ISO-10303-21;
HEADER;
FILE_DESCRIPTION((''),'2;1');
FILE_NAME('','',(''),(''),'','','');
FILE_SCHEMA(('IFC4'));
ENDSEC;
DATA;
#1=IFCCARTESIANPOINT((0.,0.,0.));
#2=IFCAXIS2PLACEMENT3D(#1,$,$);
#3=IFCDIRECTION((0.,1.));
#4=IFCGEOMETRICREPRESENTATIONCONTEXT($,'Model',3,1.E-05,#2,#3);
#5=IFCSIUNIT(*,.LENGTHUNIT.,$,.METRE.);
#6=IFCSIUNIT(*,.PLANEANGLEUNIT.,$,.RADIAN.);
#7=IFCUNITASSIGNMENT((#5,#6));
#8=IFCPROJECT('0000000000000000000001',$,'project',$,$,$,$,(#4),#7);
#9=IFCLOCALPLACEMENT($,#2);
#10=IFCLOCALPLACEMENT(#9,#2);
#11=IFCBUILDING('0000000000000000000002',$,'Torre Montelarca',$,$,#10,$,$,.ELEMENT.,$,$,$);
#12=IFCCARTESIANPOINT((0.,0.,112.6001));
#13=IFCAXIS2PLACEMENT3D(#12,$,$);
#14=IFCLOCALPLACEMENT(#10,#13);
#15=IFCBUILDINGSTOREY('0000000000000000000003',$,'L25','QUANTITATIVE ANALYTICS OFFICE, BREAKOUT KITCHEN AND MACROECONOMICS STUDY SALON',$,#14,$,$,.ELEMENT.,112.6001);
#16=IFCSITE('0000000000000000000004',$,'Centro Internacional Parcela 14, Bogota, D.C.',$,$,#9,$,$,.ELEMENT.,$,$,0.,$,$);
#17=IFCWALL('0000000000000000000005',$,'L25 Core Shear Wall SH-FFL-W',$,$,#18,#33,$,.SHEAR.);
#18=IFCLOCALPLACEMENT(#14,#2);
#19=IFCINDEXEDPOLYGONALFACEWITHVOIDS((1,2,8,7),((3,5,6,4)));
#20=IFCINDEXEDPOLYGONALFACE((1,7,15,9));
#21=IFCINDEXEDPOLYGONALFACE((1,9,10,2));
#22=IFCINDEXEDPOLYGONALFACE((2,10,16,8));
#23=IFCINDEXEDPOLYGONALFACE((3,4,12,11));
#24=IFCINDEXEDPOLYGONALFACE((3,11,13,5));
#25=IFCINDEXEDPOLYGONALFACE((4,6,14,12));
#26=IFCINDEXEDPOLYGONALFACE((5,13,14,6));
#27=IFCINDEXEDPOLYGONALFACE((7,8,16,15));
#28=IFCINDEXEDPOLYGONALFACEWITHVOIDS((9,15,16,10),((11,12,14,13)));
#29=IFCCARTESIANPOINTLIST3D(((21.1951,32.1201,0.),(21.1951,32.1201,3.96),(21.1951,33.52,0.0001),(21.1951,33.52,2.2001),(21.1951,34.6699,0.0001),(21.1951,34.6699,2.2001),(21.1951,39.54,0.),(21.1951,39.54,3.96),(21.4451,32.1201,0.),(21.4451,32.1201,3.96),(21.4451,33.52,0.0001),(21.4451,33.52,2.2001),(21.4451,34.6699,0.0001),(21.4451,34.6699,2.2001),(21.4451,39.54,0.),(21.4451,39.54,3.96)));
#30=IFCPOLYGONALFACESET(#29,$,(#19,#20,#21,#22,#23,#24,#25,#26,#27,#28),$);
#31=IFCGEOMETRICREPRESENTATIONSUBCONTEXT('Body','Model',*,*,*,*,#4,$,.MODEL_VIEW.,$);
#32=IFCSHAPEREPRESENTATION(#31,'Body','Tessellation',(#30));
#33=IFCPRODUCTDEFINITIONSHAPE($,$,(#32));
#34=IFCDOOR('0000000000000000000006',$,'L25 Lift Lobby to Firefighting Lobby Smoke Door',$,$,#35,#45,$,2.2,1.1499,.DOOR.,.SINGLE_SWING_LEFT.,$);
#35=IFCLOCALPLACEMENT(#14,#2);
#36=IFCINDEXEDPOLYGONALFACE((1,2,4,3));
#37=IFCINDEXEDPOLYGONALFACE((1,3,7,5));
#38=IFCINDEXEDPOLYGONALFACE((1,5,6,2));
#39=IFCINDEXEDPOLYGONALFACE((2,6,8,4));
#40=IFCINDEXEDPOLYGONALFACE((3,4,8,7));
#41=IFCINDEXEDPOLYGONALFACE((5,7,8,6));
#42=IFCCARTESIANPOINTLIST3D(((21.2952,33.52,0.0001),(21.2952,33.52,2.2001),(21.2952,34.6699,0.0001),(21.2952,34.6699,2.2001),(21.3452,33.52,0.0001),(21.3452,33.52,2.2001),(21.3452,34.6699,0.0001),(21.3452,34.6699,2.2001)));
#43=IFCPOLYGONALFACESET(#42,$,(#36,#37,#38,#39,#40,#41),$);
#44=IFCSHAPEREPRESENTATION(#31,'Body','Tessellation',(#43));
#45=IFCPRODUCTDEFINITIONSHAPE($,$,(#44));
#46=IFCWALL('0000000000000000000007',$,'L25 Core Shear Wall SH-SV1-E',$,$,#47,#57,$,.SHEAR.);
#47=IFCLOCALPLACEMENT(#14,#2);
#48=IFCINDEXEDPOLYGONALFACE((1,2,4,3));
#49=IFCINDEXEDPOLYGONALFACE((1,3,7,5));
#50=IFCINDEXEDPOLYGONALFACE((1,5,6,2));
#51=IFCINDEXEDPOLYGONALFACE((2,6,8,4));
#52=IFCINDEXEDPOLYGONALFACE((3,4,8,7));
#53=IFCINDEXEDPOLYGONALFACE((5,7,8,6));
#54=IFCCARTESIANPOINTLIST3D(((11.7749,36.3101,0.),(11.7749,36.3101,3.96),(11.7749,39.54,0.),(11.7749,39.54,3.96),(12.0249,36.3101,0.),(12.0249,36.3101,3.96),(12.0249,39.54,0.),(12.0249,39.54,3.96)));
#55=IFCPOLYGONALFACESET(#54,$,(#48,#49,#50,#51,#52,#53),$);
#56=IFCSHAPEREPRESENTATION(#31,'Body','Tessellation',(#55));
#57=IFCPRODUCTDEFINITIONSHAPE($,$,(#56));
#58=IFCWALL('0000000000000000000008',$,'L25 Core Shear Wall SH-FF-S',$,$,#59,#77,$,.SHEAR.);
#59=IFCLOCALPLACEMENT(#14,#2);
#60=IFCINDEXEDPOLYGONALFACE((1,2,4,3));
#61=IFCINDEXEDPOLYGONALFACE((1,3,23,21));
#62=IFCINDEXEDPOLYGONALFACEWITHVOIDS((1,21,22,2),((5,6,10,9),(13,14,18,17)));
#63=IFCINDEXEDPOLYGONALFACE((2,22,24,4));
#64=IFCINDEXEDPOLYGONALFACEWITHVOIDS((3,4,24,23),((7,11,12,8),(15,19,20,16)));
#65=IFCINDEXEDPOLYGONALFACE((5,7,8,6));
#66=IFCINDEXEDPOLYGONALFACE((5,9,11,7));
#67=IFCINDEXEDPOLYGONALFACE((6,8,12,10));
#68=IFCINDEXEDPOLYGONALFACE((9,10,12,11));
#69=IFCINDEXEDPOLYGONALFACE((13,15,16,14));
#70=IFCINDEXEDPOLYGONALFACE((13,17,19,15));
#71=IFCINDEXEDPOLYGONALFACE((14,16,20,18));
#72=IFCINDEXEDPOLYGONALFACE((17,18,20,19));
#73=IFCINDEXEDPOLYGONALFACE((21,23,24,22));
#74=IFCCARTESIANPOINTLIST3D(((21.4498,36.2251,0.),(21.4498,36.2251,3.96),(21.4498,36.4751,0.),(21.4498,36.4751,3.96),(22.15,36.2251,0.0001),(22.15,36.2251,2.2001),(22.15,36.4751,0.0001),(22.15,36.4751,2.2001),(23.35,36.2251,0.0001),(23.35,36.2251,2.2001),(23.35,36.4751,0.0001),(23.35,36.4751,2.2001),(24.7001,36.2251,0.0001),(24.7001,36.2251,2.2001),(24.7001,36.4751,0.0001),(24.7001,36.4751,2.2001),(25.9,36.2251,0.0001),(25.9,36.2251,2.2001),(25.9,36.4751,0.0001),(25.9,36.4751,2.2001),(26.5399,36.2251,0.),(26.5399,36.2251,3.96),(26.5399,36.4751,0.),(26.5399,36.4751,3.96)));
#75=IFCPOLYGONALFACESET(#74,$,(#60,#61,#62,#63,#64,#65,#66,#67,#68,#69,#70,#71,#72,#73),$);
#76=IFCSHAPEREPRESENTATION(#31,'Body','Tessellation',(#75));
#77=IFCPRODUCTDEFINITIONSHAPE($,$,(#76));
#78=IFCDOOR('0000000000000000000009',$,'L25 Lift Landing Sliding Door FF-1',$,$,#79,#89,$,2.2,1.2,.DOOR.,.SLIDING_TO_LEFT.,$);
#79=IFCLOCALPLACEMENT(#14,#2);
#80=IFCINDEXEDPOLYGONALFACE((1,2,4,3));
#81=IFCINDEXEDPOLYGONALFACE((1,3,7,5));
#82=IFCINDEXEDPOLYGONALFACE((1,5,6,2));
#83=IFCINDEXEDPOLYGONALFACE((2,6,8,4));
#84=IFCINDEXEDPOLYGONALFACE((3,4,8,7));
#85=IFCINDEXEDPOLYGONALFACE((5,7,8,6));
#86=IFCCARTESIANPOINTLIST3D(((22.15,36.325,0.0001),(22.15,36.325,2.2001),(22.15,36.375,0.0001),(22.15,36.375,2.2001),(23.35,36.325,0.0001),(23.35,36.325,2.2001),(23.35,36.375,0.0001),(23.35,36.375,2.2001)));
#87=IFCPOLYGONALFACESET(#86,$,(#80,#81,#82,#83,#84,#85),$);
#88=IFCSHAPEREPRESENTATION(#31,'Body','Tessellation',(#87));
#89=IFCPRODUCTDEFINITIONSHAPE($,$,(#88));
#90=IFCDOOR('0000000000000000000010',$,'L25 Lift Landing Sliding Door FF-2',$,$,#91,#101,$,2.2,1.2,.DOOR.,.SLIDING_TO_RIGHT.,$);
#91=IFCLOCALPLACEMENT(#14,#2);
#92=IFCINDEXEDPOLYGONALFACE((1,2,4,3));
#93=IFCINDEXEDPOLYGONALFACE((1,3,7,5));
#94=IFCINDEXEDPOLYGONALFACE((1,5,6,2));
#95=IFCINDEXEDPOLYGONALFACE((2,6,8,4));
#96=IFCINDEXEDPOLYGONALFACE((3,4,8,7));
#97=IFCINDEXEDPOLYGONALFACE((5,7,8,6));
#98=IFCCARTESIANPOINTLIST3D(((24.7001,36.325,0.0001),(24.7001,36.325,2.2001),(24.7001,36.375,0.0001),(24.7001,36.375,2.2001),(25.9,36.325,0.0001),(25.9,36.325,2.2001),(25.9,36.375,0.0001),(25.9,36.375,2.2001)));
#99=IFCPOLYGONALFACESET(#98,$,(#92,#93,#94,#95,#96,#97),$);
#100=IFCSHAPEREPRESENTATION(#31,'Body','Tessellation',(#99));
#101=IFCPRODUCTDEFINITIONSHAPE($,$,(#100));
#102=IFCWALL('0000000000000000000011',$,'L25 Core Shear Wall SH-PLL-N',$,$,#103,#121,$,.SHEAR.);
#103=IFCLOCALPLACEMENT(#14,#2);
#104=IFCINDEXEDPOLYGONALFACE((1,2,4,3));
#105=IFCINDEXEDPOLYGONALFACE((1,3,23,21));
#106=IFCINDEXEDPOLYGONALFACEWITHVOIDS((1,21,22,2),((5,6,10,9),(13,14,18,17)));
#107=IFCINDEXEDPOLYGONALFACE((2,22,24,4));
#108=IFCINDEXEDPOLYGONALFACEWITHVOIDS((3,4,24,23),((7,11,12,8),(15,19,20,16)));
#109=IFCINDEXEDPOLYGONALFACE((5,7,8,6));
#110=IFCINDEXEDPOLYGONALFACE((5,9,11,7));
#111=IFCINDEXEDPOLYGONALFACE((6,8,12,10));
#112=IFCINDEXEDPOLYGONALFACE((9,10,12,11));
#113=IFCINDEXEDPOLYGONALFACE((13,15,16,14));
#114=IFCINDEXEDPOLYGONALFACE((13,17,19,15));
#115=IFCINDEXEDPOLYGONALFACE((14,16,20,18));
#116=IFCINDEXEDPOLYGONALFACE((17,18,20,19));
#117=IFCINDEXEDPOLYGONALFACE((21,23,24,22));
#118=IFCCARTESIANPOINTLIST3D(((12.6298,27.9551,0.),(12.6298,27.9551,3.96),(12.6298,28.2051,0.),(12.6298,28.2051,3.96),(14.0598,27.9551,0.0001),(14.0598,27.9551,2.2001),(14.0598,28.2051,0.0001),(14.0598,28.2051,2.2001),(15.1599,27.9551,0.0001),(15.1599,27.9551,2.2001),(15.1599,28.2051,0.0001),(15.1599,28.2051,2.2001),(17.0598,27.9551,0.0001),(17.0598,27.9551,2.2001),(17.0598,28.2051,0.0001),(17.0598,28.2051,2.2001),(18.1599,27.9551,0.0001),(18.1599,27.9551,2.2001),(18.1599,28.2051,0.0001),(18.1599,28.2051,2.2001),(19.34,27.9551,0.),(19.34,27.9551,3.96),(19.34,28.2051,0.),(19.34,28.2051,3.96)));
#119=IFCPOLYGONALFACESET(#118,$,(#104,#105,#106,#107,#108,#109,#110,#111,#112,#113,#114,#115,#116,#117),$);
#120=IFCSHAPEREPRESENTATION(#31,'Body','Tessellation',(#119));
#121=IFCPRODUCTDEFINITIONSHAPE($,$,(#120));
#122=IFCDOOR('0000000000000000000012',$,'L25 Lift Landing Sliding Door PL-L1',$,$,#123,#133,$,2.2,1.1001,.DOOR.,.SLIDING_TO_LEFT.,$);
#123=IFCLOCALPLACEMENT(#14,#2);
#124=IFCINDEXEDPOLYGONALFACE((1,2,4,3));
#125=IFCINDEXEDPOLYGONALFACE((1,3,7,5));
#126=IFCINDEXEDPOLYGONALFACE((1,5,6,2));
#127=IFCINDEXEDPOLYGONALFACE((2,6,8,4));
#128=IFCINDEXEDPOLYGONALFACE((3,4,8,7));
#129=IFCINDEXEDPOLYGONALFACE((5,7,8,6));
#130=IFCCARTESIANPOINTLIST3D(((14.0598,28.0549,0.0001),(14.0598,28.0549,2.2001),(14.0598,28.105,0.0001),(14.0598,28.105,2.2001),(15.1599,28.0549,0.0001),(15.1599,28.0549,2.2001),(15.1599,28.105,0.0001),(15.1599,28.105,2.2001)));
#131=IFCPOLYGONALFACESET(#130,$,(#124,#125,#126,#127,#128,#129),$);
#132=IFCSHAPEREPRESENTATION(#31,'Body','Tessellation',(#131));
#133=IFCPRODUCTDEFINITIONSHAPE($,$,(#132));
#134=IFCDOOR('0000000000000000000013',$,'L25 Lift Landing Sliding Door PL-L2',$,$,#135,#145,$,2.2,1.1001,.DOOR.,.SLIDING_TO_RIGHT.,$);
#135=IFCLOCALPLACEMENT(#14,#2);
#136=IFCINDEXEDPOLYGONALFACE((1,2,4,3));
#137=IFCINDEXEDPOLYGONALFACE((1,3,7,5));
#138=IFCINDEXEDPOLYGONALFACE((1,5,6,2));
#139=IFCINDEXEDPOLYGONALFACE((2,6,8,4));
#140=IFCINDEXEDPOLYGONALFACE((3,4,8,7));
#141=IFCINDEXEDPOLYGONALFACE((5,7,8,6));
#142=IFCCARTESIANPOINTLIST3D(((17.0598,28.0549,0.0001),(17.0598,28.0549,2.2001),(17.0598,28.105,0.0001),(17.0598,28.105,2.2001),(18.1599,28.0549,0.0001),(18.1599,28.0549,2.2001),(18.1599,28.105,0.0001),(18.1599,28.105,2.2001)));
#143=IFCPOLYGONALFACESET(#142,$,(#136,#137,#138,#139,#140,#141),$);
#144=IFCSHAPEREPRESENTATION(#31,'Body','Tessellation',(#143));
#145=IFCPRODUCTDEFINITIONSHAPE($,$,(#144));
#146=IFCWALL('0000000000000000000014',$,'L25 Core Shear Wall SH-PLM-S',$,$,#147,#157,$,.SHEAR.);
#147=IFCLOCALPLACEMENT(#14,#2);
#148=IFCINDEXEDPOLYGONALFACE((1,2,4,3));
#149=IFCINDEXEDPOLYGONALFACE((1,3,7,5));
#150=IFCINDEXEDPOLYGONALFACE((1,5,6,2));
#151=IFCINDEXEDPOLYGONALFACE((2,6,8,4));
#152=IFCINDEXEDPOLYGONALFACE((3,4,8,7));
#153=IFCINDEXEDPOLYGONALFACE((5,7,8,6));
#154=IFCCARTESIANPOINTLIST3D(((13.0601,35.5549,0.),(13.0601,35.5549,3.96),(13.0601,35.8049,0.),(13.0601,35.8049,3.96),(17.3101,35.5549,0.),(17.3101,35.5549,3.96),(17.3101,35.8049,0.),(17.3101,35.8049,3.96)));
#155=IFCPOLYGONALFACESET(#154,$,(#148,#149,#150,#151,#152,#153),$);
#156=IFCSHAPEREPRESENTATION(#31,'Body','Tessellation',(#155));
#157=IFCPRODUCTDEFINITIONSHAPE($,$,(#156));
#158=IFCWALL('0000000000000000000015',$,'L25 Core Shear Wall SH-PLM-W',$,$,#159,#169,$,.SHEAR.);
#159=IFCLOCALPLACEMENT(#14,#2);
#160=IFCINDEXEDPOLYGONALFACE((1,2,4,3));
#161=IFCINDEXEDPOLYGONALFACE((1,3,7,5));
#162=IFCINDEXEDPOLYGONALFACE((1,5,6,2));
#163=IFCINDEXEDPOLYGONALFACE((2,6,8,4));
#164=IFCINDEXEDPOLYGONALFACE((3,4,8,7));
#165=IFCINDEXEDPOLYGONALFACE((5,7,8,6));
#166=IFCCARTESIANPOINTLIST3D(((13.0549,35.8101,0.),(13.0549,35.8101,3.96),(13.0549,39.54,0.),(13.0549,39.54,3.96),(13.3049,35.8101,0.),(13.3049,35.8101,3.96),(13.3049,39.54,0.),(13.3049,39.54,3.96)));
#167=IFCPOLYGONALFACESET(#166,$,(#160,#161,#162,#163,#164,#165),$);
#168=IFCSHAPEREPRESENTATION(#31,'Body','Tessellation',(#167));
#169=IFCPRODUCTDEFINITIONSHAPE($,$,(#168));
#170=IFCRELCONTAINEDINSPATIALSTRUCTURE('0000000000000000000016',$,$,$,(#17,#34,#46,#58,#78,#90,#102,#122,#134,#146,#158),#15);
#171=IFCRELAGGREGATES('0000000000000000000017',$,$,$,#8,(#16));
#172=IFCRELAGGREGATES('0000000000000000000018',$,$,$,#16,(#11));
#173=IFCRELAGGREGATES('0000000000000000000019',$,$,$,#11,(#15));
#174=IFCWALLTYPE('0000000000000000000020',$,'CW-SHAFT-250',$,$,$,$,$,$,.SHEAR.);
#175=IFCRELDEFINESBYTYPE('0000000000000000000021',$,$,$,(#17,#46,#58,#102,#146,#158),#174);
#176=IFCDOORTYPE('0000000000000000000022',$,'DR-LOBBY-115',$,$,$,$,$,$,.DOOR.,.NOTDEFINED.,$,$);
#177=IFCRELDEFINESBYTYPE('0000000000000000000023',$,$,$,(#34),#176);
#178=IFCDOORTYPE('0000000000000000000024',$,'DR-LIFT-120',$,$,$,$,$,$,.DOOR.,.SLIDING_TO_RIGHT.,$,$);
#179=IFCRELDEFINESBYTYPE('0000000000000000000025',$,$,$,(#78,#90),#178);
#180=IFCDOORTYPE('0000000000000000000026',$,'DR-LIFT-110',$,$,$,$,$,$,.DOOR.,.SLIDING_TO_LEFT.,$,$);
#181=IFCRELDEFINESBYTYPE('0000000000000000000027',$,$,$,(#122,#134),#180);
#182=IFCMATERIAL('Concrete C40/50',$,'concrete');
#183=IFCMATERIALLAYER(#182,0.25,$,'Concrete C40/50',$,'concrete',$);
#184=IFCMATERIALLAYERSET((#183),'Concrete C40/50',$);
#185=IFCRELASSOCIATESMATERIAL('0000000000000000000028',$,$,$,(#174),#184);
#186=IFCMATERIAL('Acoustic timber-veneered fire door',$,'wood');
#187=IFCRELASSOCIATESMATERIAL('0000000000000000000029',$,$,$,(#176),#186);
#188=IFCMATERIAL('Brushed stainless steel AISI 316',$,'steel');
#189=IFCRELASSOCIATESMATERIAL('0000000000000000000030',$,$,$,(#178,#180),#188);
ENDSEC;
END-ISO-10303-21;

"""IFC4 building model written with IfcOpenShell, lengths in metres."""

from ifc_helpers import new_model, si_unit, direction, frame, frame_2d, origin, place, context, subcontext, project, spatial, rectangle, extrude, source, transform, mapped, material, layer, layer_set, type_object, element, fill, save


model = new_model("IFC4")

# Units and contexts
model_context = context("Model", 3, precision=1e-05, world=origin(), true_north=direction((0.0, 1.0)))
body_context = subcontext(model_context, "Body", "Model", "MODEL_VIEW")
ifc_project = project(units=[si_unit("LENGTHUNIT", "METRE"), si_unit("PLANEANGLEUNIT", "RADIAN")], contexts=[model_context])

# Site, building, storey
site_placement = place(None, origin())
site = spatial("IfcSite", under=ifc_project, at=site_placement, Name="Centro Internacional Parcela 14, Bogota, D.C.", CompositionType="ELEMENT", RefElevation=0.0)
building_placement = place(site_placement, origin())
building = spatial("IfcBuilding", under=site, at=building_placement, Name="Torre Montelarca", CompositionType="ELEMENT")
storey_placement = place(building_placement, frame((0.0, 0.0, 112.6001)))
storey = spatial("IfcBuildingStorey", under=building, at=storey_placement, Name="L25", Description="QUANTITATIVE ANALYTICS OFFICE, BREAKOUT KITCHEN AND MACROECONOMICS STUDY SALON", CompositionType="ELEMENT", Elevation=112.6001)

# Wall, opening, door
ifc_material_1 = material(Name="Concrete C40/50", Category="concrete")
ifc_layer_1 = layer(ifc_material_1, 0.25, Name="Concrete C40/50", Category="concrete")
ifc_layer_set_1 = layer_set([ifc_layer_1], Name="Concrete C40/50")
wall_type_1 = type_object("IfcWallType", Name="CW-SHAFT-250", PredefinedType="SHEAR", material=ifc_layer_set_1)
wall_1_placement = place(storey_placement, frame((21.3201, 32.1201, 0.0), z_axis=(0.0, 0.0, 1.0), x_axis=(0.0, 1.0, 0.0)))
wall_1 = element("IfcWall", 1, at=wall_1_placement, inside=storey, type_object=wall_type_1, Name="L25 Core Shear Wall SH-FFL-W", PredefinedType="SHEAR", context=body_context, shape_type="SweptSolid", body=[
    extrude(rectangle(XDim=7.4199, YDim=0.25, at=frame_2d((3.71, 0.0))), origin(), (0.0, 0.0, 1.0), 3.96),
])
opening_1_placement = place(wall_1_placement, frame((1.3999, 0.0, 0.0)))
opening_1 = element("IfcOpeningElement", 2, at=opening_1_placement, cuts=wall_1, PredefinedType="OPENING", context=body_context, shape_type="SweptSolid", body=[
    extrude(rectangle(XDim=1.1499, YDim=2.2, at=frame_2d((0.575, 1.1001))), frame((0.0, 0.135, 0.0), z_axis=(0.0, -1.0, 0.0), x_axis=(1.0, 0.0, 0.0)), (0.0, 0.0, 1.0), 0.27),
])
ifc_material_2 = material(Name="Acoustic timber-veneered fire door", Category="wood")
door_type_1 = type_object("IfcDoorType", Name="DR-LOBBY-115", OperationType="NOTDEFINED", PredefinedType="DOOR", material=ifc_material_2)
shared_shape_1 = source(origin(), body_context, "Body", "SweptSolid", [
    extrude(rectangle(XDim=1.1499, YDim=2.2, at=frame_2d((0.575, 1.1001))), frame((0.0, 0.0249, 0.0), z_axis=(0.0, -1.0, 0.0), x_axis=(1.0, 0.0, 0.0)), (0.0, 0.0, 1.0), 0.05),
])
door_1_placement = place(opening_1_placement, origin())
door_1 = element("IfcDoor", 3, at=door_1_placement, inside=storey, type_object=door_type_1, Name="L25 Lift Lobby to Firefighting Lobby Smoke Door", OperationType="SINGLE_SWING_LEFT", OverallHeight=2.2, OverallWidth=1.1499, PredefinedType="DOOR", context=body_context, shape_type="MappedRepresentation", body=[
    mapped(shared_shape_1, transform((0.0, 0.0, 0.0), scale=1.0)),
])
fill(opening_1, door_1)

# Wall
wall_2_placement = place(storey_placement, frame((11.8999, 36.3101, 0.0), z_axis=(0.0, 0.0, 1.0), x_axis=(0.0, 1.0, 0.0)))
element("IfcWall", 4, at=wall_2_placement, inside=storey, type_object=wall_type_1, Name="L25 Core Shear Wall SH-SV1-E", PredefinedType="SHEAR", context=body_context, shape_type="SweptSolid", body=[
    extrude(rectangle(XDim=3.23, YDim=0.25, at=frame_2d((1.615, 0.0))), origin(), (0.0, 0.0, 1.0), 3.96),
])

# Walls, openings, doors
wall_3_placement = place(storey_placement, frame((21.45, 36.3501, 0.0), z_axis=(0.0, 0.0, 1.0), x_axis=(1.0, 0.0, 0.0)))
wall_3 = element("IfcWall", 5, at=wall_3_placement, inside=storey, type_object=wall_type_1, Name="L25 Core Shear Wall SH-FF-S", PredefinedType="SHEAR", context=body_context, shape_type="SweptSolid", body=[
    extrude(rectangle(XDim=5.0901, YDim=0.25, at=frame_2d((2.5449, 0.0))), origin(), (0.0, 0.0, 1.0), 3.96),
])
opening_2_placement = place(wall_3_placement, frame((0.7, 0.0, 0.0)))
opening_2 = element("IfcOpeningElement", 6, at=opening_2_placement, cuts=wall_3, PredefinedType="OPENING", context=body_context, shape_type="SweptSolid", body=[
    extrude(rectangle(XDim=1.2, YDim=2.2, at=frame_2d((0.6001, 1.1001))), frame((0.0, 0.135, 0.0), z_axis=(0.0, -1.0, 0.0), x_axis=(1.0, 0.0, 0.0)), (0.0, 0.0, 1.0), 0.27),
])
opening_3_placement = place(wall_3_placement, frame((3.25, 0.0, 0.0)))
opening_3 = element("IfcOpeningElement", 7, at=opening_3_placement, cuts=wall_3, PredefinedType="OPENING", context=body_context, shape_type="SweptSolid", body=[
    extrude(rectangle(XDim=1.2, YDim=2.2, at=frame_2d((0.6001, 1.1001))), frame((0.0, 0.135, 0.0), z_axis=(0.0, -1.0, 0.0), x_axis=(1.0, 0.0, 0.0)), (0.0, 0.0, 1.0), 0.27),
])
ifc_material_3 = material(Name="Brushed stainless steel AISI 316", Category="steel")
door_type_2 = type_object("IfcDoorType", Name="DR-LIFT-120", OperationType="SLIDING_TO_RIGHT", PredefinedType="DOOR", material=ifc_material_3)
shared_shape_2 = source(origin(), body_context, "Body", "SweptSolid", [
    extrude(rectangle(XDim=1.2, YDim=2.2, at=frame_2d((0.6001, 1.1001))), frame((0.0, 0.0249, 0.0), z_axis=(0.0, -1.0, 0.0), x_axis=(1.0, 0.0, 0.0)), (0.0, 0.0, 1.0), 0.05),
])
door_2_placement = place(opening_2_placement, origin())
door_2 = element("IfcDoor", 8, at=door_2_placement, inside=storey, type_object=door_type_2, Name="L25 Lift Landing Sliding Door FF-1", OperationType="SLIDING_TO_LEFT", OverallHeight=2.2, OverallWidth=1.2, PredefinedType="DOOR", context=body_context, shape_type="MappedRepresentation", body=[
    mapped(shared_shape_2, transform((0.0, 0.0, 0.0), scale=1.0)),
])
fill(opening_2, door_2)
door_3_placement = place(opening_3_placement, origin())
door_3 = element("IfcDoor", 9, at=door_3_placement, inside=storey, type_object=door_type_2, Name="L25 Lift Landing Sliding Door FF-2", OperationType="SLIDING_TO_RIGHT", OverallHeight=2.2, OverallWidth=1.2, PredefinedType="DOOR", context=body_context, shape_type="MappedRepresentation", body=[
    mapped(shared_shape_2, transform((0.0, 0.0, 0.0), scale=1.0)),
])
fill(opening_3, door_3)
wall_4_placement = place(storey_placement, frame((12.6299, 28.0801, 0.0), z_axis=(0.0, 0.0, 1.0), x_axis=(1.0, 0.0, 0.0)))
wall_4 = element("IfcWall", 10, at=wall_4_placement, inside=storey, type_object=wall_type_1, Name="L25 Core Shear Wall SH-PLL-N", PredefinedType="SHEAR", context=body_context, shape_type="SweptSolid", body=[
    extrude(rectangle(XDim=6.7102, YDim=0.25, at=frame_2d((3.355, 0.0))), origin(), (0.0, 0.0, 1.0), 3.96),
])
opening_4_placement = place(wall_4_placement, frame((1.4299, 0.0, 0.0)))
opening_4 = element("IfcOpeningElement", 11, at=opening_4_placement, cuts=wall_4, PredefinedType="OPENING", context=body_context, shape_type="SweptSolid", body=[
    extrude(rectangle(XDim=1.1001, YDim=2.2, at=frame_2d((0.55, 1.1001))), frame((0.0, 0.135, 0.0), z_axis=(0.0, -1.0, 0.0), x_axis=(1.0, 0.0, 0.0)), (0.0, 0.0, 1.0), 0.27),
])
opening_5_placement = place(wall_4_placement, frame((4.4299, 0.0, 0.0)))
opening_5 = element("IfcOpeningElement", 12, at=opening_5_placement, cuts=wall_4, PredefinedType="OPENING", context=body_context, shape_type="SweptSolid", body=[
    extrude(rectangle(XDim=1.1001, YDim=2.2, at=frame_2d((0.55, 1.1001))), frame((0.0, 0.135, 0.0), z_axis=(0.0, -1.0, 0.0), x_axis=(1.0, 0.0, 0.0)), (0.0, 0.0, 1.0), 0.27),
])
door_type_3 = type_object("IfcDoorType", Name="DR-LIFT-110", OperationType="SLIDING_TO_LEFT", PredefinedType="DOOR", material=ifc_material_3)
shared_shape_3 = source(origin(), body_context, "Body", "SweptSolid", [
    extrude(rectangle(XDim=1.1001, YDim=2.2, at=frame_2d((0.55, 1.1001))), frame((0.0, 0.0249, 0.0), z_axis=(0.0, -1.0, 0.0), x_axis=(1.0, 0.0, 0.0)), (0.0, 0.0, 1.0), 0.05),
])
door_4_placement = place(opening_4_placement, origin())
door_4 = element("IfcDoor", 13, at=door_4_placement, inside=storey, type_object=door_type_3, Name="L25 Lift Landing Sliding Door PL-L1", OperationType="SLIDING_TO_LEFT", OverallHeight=2.2, OverallWidth=1.1001, PredefinedType="DOOR", context=body_context, shape_type="MappedRepresentation", body=[
    mapped(shared_shape_3, transform((0.0, 0.0, 0.0), scale=1.0)),
])
fill(opening_4, door_4)
door_5_placement = place(opening_5_placement, origin())
door_5 = element("IfcDoor", 14, at=door_5_placement, inside=storey, type_object=door_type_3, Name="L25 Lift Landing Sliding Door PL-L2", OperationType="SLIDING_TO_RIGHT", OverallHeight=2.2, OverallWidth=1.1001, PredefinedType="DOOR", context=body_context, shape_type="MappedRepresentation", body=[
    mapped(shared_shape_3, transform((0.0, 0.0, 0.0), scale=1.0)),
])
fill(opening_5, door_5)

# Walls
wall_5_placement = place(storey_placement, frame((13.0601, 35.6799, 0.0), z_axis=(0.0, 0.0, 1.0), x_axis=(1.0, 0.0, 0.0)))
element("IfcWall", 15, at=wall_5_placement, inside=storey, type_object=wall_type_1, Name="L25 Core Shear Wall SH-PLM-S", PredefinedType="SHEAR", context=body_context, shape_type="SweptSolid", body=[
    extrude(rectangle(XDim=4.25, YDim=0.25, at=frame_2d((2.125, 0.0))), origin(), (0.0, 0.0, 1.0), 3.96),
])
for number, where, z_axis, x_axis, name in (
    (16, (13.1799, 35.8101, 0.0), (0.0, 0.0, 1.0), (0.0, 1.0, 0.0), "L25 Core Shear Wall SH-PLM-W"),
):
    element("IfcWall", number, at=place(storey_placement, frame(where, z_axis=z_axis, x_axis=x_axis)), inside=storey, type_object=wall_type_1, Name=name, PredefinedType="SHEAR", context=body_context, shape_type="SweptSolid", body=[
        extrude(rectangle(XDim=3.73, YDim=0.25, at=frame_2d((1.865, 0.0))), origin(), (0.0, 0.0, 1.0), 3.96),
    ])

save(model, "model.ifc")
